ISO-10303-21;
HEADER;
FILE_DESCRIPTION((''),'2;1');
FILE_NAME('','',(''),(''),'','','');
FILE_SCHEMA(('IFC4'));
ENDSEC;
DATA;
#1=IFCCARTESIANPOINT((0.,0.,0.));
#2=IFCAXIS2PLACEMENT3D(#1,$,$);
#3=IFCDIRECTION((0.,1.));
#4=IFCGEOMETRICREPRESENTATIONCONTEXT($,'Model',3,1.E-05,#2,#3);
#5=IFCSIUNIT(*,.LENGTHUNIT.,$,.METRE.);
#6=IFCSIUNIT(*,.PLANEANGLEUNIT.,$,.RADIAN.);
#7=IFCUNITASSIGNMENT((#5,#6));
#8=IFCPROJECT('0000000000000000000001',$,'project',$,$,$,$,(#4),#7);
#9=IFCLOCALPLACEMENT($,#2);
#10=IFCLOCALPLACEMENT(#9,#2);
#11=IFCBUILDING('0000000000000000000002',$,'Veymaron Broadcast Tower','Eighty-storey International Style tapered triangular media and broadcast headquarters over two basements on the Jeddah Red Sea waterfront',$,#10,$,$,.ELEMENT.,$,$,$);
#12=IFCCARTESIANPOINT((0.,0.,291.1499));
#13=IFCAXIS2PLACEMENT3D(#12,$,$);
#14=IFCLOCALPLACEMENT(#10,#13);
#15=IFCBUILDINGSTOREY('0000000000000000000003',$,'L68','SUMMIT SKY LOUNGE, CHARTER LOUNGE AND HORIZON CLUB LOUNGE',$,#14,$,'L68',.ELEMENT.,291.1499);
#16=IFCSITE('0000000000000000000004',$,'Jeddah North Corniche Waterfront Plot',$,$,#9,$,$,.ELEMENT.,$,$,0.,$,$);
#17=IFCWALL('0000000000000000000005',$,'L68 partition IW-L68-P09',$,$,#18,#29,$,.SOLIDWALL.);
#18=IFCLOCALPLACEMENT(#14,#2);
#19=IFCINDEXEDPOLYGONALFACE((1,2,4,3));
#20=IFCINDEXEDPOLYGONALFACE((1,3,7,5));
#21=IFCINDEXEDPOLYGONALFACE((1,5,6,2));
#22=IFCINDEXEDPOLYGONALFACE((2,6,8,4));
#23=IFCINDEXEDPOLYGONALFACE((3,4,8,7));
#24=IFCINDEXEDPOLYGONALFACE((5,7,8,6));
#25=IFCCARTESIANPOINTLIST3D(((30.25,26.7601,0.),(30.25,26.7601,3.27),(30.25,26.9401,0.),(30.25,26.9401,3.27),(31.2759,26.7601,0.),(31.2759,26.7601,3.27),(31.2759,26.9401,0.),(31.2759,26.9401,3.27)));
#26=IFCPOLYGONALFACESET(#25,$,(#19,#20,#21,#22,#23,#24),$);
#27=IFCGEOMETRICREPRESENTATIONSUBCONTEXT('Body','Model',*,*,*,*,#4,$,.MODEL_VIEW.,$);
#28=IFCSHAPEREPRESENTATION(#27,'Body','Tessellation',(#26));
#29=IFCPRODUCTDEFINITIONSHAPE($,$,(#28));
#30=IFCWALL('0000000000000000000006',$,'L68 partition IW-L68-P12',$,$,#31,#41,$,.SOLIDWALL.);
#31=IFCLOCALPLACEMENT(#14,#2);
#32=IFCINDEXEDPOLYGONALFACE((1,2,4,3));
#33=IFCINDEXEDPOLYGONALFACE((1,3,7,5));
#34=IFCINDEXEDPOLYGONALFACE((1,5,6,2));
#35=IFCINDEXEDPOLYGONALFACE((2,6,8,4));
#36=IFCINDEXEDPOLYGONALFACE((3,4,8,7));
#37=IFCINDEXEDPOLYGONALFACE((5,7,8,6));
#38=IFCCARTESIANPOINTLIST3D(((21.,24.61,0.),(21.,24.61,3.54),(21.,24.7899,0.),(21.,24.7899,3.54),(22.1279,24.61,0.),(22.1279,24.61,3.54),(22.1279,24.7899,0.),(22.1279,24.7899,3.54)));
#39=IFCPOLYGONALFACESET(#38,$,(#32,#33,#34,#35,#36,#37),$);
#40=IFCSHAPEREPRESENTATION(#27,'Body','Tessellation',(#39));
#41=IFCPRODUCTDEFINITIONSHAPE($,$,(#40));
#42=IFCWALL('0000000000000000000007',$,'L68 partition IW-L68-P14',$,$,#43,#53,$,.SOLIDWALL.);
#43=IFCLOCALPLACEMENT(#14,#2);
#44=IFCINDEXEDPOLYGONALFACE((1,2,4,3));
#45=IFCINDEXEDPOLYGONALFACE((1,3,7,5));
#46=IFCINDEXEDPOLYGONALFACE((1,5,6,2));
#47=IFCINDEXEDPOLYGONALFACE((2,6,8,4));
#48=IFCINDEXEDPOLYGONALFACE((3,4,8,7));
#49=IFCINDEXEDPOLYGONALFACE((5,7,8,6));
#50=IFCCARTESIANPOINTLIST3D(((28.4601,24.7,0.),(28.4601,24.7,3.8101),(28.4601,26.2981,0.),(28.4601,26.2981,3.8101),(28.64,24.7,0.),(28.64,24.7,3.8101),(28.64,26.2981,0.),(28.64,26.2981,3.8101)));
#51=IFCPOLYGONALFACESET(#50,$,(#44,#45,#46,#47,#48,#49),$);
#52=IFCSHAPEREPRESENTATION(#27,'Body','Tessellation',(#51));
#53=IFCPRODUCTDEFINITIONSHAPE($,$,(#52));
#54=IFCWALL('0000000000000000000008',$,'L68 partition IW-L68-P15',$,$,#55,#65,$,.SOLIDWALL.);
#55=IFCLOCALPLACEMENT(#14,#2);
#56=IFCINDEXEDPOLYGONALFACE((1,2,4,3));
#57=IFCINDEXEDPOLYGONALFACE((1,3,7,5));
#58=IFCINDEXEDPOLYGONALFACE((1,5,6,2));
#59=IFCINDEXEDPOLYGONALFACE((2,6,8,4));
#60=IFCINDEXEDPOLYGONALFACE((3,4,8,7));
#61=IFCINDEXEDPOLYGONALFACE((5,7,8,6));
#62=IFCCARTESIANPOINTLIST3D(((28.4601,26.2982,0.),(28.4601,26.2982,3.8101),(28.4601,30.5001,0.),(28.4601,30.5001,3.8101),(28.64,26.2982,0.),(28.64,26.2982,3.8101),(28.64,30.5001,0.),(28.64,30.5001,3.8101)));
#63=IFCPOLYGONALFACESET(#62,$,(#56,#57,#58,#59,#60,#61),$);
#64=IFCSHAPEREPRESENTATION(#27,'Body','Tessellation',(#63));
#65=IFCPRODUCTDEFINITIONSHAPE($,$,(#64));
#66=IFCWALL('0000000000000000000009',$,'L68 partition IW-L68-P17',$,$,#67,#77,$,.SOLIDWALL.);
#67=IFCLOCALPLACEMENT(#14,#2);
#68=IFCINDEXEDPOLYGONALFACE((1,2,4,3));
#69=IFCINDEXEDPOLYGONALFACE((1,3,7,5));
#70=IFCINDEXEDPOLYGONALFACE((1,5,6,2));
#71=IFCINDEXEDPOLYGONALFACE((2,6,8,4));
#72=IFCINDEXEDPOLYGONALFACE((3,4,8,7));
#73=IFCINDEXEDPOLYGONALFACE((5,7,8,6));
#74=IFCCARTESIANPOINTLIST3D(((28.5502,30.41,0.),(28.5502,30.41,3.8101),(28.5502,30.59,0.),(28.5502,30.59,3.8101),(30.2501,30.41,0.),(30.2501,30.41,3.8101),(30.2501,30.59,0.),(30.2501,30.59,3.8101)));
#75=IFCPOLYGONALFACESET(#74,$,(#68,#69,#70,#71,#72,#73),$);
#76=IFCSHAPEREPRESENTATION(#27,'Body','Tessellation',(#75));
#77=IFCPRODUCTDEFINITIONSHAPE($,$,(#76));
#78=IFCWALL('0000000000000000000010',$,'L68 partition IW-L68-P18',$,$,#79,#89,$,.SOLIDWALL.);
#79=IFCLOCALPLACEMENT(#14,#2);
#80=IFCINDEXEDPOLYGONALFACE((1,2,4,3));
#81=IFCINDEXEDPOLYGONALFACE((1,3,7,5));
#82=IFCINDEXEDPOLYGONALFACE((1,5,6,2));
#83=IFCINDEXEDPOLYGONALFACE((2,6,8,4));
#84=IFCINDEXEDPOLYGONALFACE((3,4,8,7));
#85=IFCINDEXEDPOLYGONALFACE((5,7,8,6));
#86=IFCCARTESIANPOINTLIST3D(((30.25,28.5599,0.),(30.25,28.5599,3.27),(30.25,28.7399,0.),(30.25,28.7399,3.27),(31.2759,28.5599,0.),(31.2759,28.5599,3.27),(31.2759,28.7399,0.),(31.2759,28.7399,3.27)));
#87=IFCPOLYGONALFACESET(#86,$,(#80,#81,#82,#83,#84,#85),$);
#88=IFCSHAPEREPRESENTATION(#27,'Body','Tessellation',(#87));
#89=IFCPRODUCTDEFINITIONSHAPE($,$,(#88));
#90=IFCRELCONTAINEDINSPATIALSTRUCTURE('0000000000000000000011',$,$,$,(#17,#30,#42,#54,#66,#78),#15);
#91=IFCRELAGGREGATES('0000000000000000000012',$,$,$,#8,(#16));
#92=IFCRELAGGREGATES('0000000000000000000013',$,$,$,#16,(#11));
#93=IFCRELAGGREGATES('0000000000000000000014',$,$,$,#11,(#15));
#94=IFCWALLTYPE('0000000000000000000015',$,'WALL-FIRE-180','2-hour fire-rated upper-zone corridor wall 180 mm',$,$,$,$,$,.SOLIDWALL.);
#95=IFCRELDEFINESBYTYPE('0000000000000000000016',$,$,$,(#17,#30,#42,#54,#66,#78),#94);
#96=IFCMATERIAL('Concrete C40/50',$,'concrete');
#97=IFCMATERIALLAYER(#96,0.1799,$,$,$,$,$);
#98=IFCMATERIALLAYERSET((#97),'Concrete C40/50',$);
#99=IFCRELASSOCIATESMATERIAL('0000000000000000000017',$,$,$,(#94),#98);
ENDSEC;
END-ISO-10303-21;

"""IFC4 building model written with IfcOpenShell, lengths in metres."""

from ifc_helpers import new_model, si_unit, direction, frame, frame_2d, origin, place, context, subcontext, project, spatial, rectangle, extrude, material, layer, layer_set, type_object, element, save


model = new_model("IFC4")

# Units and contexts
model_context = context("Model", 3, precision=1e-05, world=origin(), true_north=direction((0.0, 1.0)))
body_context = subcontext(model_context, "Body", "Model", "MODEL_VIEW")
ifc_project = project(units=[si_unit("LENGTHUNIT", "METRE"), si_unit("PLANEANGLEUNIT", "RADIAN")], contexts=[model_context])

# Site, building, storey
site_placement = place(None, origin())
site = spatial("IfcSite", under=ifc_project, at=site_placement, Name="Jeddah North Corniche Waterfront Plot", CompositionType="ELEMENT", RefElevation=0.0)
building_placement = place(site_placement, origin())
building = spatial("IfcBuilding", under=site, at=building_placement, Name="Veymaron Broadcast Tower", Description="Eighty-storey International Style tapered triangular media and broadcast headquarters over two basements on the Jeddah Red Sea waterfront", CompositionType="ELEMENT")
storey_placement = place(building_placement, frame((0.0, 0.0, 291.1499)))
storey = spatial("IfcBuildingStorey", under=building, at=storey_placement, Name="L68", Description="SUMMIT SKY LOUNGE, CHARTER LOUNGE AND HORIZON CLUB LOUNGE", LongName="L68", CompositionType="ELEMENT", Elevation=291.1499)

# Shared definitions
ifc_material_1 = material(Name="Concrete C40/50", Category="concrete")

# Shared definitions
ifc_layer_1 = layer(ifc_material_1, 0.1799)
ifc_layer_set_1 = layer_set([ifc_layer_1], Name="Concrete C40/50")
wall_type_1 = type_object("IfcWallType", Name="WALL-FIRE-180", Description="2-hour fire-rated upper-zone corridor wall 180 mm", PredefinedType="SOLIDWALL", material=ifc_layer_set_1)

# Walls
wall_1_placement = place(storey_placement, frame((30.25, 26.8501, 0.0), z_axis=(0.0, 0.0, 1.0), x_axis=(1.0, 0.0, 0.0)))
element("IfcWall", 1, at=wall_1_placement, inside=storey, type_object=wall_type_1, Name="L68 partition IW-L68-P09", PredefinedType="SOLIDWALL", context=body_context, shape_type="SweptSolid", body=[
    extrude(rectangle(XDim=1.0259, YDim=0.1799, at=frame_2d((0.5129, 0.0))), origin(), (0.0, 0.0, 1.0), 3.27),
])
wall_2_placement = place(storey_placement, frame((21.0, 24.7, 0.0), z_axis=(0.0, 0.0, 1.0), x_axis=(1.0, 0.0, 0.0)))
element("IfcWall", 2, at=wall_2_placement, inside=storey, type_object=wall_type_1, Name="L68 partition IW-L68-P12", PredefinedType="SOLIDWALL", context=body_context, shape_type="SweptSolid", body=[
    extrude(rectangle(XDim=1.1279, YDim=0.1799, at=frame_2d((0.564, 0.0))), origin(), (0.0, 0.0, 1.0), 3.54),
])
wall_3_placement = place(storey_placement, frame((28.55, 24.7, 0.0), z_axis=(0.0, 0.0, 1.0), x_axis=(0.0, 1.0, 0.0)))
element("IfcWall", 3, at=wall_3_placement, inside=storey, type_object=wall_type_1, Name="L68 partition IW-L68-P14", PredefinedType="SOLIDWALL", context=body_context, shape_type="SweptSolid", body=[
    extrude(rectangle(XDim=1.5981, YDim=0.1799, at=frame_2d((0.7991, 0.0))), origin(), (0.0, 0.0, 1.0), 3.8101),
])
wall_4_placement = place(storey_placement, frame((28.55, 26.2981, 0.0), z_axis=(0.0, 0.0, 1.0), x_axis=(0.0, 1.0, 0.0)))
element("IfcWall", 4, at=wall_4_placement, inside=storey, type_object=wall_type_1, Name="L68 partition IW-L68-P15", PredefinedType="SOLIDWALL", context=body_context, shape_type="SweptSolid", body=[
    extrude(rectangle(XDim=4.2019, YDim=0.1799, at=frame_2d((2.1011, 0.0))), origin(), (0.0, 0.0, 1.0), 3.8101),
])
wall_5_placement = place(storey_placement, frame((28.55, 30.5, 0.0), z_axis=(0.0, 0.0, 1.0), x_axis=(1.0, 0.0, 0.0)))
element("IfcWall", 5, at=wall_5_placement, inside=storey, type_object=wall_type_1, Name="L68 partition IW-L68-P17", PredefinedType="SOLIDWALL", context=body_context, shape_type="SweptSolid", body=[
    extrude(rectangle(XDim=1.7, YDim=0.1799, at=frame_2d((0.8501, 0.0))), origin(), (0.0, 0.0, 1.0), 3.8101),
])
wall_6_placement = place(storey_placement, frame((30.25, 28.6499, 0.0), z_axis=(0.0, 0.0, 1.0), x_axis=(1.0, 0.0, 0.0)))
element("IfcWall", 6, at=wall_6_placement, inside=storey, type_object=wall_type_1, Name="L68 partition IW-L68-P18", PredefinedType="SOLIDWALL", context=body_context, shape_type="SweptSolid", body=[
    extrude(rectangle(XDim=1.0259, YDim=0.1799, at=frame_2d((0.5129, 0.0))), origin(), (0.0, 0.0, 1.0), 3.27),
])

save(model, "model.ifc")
